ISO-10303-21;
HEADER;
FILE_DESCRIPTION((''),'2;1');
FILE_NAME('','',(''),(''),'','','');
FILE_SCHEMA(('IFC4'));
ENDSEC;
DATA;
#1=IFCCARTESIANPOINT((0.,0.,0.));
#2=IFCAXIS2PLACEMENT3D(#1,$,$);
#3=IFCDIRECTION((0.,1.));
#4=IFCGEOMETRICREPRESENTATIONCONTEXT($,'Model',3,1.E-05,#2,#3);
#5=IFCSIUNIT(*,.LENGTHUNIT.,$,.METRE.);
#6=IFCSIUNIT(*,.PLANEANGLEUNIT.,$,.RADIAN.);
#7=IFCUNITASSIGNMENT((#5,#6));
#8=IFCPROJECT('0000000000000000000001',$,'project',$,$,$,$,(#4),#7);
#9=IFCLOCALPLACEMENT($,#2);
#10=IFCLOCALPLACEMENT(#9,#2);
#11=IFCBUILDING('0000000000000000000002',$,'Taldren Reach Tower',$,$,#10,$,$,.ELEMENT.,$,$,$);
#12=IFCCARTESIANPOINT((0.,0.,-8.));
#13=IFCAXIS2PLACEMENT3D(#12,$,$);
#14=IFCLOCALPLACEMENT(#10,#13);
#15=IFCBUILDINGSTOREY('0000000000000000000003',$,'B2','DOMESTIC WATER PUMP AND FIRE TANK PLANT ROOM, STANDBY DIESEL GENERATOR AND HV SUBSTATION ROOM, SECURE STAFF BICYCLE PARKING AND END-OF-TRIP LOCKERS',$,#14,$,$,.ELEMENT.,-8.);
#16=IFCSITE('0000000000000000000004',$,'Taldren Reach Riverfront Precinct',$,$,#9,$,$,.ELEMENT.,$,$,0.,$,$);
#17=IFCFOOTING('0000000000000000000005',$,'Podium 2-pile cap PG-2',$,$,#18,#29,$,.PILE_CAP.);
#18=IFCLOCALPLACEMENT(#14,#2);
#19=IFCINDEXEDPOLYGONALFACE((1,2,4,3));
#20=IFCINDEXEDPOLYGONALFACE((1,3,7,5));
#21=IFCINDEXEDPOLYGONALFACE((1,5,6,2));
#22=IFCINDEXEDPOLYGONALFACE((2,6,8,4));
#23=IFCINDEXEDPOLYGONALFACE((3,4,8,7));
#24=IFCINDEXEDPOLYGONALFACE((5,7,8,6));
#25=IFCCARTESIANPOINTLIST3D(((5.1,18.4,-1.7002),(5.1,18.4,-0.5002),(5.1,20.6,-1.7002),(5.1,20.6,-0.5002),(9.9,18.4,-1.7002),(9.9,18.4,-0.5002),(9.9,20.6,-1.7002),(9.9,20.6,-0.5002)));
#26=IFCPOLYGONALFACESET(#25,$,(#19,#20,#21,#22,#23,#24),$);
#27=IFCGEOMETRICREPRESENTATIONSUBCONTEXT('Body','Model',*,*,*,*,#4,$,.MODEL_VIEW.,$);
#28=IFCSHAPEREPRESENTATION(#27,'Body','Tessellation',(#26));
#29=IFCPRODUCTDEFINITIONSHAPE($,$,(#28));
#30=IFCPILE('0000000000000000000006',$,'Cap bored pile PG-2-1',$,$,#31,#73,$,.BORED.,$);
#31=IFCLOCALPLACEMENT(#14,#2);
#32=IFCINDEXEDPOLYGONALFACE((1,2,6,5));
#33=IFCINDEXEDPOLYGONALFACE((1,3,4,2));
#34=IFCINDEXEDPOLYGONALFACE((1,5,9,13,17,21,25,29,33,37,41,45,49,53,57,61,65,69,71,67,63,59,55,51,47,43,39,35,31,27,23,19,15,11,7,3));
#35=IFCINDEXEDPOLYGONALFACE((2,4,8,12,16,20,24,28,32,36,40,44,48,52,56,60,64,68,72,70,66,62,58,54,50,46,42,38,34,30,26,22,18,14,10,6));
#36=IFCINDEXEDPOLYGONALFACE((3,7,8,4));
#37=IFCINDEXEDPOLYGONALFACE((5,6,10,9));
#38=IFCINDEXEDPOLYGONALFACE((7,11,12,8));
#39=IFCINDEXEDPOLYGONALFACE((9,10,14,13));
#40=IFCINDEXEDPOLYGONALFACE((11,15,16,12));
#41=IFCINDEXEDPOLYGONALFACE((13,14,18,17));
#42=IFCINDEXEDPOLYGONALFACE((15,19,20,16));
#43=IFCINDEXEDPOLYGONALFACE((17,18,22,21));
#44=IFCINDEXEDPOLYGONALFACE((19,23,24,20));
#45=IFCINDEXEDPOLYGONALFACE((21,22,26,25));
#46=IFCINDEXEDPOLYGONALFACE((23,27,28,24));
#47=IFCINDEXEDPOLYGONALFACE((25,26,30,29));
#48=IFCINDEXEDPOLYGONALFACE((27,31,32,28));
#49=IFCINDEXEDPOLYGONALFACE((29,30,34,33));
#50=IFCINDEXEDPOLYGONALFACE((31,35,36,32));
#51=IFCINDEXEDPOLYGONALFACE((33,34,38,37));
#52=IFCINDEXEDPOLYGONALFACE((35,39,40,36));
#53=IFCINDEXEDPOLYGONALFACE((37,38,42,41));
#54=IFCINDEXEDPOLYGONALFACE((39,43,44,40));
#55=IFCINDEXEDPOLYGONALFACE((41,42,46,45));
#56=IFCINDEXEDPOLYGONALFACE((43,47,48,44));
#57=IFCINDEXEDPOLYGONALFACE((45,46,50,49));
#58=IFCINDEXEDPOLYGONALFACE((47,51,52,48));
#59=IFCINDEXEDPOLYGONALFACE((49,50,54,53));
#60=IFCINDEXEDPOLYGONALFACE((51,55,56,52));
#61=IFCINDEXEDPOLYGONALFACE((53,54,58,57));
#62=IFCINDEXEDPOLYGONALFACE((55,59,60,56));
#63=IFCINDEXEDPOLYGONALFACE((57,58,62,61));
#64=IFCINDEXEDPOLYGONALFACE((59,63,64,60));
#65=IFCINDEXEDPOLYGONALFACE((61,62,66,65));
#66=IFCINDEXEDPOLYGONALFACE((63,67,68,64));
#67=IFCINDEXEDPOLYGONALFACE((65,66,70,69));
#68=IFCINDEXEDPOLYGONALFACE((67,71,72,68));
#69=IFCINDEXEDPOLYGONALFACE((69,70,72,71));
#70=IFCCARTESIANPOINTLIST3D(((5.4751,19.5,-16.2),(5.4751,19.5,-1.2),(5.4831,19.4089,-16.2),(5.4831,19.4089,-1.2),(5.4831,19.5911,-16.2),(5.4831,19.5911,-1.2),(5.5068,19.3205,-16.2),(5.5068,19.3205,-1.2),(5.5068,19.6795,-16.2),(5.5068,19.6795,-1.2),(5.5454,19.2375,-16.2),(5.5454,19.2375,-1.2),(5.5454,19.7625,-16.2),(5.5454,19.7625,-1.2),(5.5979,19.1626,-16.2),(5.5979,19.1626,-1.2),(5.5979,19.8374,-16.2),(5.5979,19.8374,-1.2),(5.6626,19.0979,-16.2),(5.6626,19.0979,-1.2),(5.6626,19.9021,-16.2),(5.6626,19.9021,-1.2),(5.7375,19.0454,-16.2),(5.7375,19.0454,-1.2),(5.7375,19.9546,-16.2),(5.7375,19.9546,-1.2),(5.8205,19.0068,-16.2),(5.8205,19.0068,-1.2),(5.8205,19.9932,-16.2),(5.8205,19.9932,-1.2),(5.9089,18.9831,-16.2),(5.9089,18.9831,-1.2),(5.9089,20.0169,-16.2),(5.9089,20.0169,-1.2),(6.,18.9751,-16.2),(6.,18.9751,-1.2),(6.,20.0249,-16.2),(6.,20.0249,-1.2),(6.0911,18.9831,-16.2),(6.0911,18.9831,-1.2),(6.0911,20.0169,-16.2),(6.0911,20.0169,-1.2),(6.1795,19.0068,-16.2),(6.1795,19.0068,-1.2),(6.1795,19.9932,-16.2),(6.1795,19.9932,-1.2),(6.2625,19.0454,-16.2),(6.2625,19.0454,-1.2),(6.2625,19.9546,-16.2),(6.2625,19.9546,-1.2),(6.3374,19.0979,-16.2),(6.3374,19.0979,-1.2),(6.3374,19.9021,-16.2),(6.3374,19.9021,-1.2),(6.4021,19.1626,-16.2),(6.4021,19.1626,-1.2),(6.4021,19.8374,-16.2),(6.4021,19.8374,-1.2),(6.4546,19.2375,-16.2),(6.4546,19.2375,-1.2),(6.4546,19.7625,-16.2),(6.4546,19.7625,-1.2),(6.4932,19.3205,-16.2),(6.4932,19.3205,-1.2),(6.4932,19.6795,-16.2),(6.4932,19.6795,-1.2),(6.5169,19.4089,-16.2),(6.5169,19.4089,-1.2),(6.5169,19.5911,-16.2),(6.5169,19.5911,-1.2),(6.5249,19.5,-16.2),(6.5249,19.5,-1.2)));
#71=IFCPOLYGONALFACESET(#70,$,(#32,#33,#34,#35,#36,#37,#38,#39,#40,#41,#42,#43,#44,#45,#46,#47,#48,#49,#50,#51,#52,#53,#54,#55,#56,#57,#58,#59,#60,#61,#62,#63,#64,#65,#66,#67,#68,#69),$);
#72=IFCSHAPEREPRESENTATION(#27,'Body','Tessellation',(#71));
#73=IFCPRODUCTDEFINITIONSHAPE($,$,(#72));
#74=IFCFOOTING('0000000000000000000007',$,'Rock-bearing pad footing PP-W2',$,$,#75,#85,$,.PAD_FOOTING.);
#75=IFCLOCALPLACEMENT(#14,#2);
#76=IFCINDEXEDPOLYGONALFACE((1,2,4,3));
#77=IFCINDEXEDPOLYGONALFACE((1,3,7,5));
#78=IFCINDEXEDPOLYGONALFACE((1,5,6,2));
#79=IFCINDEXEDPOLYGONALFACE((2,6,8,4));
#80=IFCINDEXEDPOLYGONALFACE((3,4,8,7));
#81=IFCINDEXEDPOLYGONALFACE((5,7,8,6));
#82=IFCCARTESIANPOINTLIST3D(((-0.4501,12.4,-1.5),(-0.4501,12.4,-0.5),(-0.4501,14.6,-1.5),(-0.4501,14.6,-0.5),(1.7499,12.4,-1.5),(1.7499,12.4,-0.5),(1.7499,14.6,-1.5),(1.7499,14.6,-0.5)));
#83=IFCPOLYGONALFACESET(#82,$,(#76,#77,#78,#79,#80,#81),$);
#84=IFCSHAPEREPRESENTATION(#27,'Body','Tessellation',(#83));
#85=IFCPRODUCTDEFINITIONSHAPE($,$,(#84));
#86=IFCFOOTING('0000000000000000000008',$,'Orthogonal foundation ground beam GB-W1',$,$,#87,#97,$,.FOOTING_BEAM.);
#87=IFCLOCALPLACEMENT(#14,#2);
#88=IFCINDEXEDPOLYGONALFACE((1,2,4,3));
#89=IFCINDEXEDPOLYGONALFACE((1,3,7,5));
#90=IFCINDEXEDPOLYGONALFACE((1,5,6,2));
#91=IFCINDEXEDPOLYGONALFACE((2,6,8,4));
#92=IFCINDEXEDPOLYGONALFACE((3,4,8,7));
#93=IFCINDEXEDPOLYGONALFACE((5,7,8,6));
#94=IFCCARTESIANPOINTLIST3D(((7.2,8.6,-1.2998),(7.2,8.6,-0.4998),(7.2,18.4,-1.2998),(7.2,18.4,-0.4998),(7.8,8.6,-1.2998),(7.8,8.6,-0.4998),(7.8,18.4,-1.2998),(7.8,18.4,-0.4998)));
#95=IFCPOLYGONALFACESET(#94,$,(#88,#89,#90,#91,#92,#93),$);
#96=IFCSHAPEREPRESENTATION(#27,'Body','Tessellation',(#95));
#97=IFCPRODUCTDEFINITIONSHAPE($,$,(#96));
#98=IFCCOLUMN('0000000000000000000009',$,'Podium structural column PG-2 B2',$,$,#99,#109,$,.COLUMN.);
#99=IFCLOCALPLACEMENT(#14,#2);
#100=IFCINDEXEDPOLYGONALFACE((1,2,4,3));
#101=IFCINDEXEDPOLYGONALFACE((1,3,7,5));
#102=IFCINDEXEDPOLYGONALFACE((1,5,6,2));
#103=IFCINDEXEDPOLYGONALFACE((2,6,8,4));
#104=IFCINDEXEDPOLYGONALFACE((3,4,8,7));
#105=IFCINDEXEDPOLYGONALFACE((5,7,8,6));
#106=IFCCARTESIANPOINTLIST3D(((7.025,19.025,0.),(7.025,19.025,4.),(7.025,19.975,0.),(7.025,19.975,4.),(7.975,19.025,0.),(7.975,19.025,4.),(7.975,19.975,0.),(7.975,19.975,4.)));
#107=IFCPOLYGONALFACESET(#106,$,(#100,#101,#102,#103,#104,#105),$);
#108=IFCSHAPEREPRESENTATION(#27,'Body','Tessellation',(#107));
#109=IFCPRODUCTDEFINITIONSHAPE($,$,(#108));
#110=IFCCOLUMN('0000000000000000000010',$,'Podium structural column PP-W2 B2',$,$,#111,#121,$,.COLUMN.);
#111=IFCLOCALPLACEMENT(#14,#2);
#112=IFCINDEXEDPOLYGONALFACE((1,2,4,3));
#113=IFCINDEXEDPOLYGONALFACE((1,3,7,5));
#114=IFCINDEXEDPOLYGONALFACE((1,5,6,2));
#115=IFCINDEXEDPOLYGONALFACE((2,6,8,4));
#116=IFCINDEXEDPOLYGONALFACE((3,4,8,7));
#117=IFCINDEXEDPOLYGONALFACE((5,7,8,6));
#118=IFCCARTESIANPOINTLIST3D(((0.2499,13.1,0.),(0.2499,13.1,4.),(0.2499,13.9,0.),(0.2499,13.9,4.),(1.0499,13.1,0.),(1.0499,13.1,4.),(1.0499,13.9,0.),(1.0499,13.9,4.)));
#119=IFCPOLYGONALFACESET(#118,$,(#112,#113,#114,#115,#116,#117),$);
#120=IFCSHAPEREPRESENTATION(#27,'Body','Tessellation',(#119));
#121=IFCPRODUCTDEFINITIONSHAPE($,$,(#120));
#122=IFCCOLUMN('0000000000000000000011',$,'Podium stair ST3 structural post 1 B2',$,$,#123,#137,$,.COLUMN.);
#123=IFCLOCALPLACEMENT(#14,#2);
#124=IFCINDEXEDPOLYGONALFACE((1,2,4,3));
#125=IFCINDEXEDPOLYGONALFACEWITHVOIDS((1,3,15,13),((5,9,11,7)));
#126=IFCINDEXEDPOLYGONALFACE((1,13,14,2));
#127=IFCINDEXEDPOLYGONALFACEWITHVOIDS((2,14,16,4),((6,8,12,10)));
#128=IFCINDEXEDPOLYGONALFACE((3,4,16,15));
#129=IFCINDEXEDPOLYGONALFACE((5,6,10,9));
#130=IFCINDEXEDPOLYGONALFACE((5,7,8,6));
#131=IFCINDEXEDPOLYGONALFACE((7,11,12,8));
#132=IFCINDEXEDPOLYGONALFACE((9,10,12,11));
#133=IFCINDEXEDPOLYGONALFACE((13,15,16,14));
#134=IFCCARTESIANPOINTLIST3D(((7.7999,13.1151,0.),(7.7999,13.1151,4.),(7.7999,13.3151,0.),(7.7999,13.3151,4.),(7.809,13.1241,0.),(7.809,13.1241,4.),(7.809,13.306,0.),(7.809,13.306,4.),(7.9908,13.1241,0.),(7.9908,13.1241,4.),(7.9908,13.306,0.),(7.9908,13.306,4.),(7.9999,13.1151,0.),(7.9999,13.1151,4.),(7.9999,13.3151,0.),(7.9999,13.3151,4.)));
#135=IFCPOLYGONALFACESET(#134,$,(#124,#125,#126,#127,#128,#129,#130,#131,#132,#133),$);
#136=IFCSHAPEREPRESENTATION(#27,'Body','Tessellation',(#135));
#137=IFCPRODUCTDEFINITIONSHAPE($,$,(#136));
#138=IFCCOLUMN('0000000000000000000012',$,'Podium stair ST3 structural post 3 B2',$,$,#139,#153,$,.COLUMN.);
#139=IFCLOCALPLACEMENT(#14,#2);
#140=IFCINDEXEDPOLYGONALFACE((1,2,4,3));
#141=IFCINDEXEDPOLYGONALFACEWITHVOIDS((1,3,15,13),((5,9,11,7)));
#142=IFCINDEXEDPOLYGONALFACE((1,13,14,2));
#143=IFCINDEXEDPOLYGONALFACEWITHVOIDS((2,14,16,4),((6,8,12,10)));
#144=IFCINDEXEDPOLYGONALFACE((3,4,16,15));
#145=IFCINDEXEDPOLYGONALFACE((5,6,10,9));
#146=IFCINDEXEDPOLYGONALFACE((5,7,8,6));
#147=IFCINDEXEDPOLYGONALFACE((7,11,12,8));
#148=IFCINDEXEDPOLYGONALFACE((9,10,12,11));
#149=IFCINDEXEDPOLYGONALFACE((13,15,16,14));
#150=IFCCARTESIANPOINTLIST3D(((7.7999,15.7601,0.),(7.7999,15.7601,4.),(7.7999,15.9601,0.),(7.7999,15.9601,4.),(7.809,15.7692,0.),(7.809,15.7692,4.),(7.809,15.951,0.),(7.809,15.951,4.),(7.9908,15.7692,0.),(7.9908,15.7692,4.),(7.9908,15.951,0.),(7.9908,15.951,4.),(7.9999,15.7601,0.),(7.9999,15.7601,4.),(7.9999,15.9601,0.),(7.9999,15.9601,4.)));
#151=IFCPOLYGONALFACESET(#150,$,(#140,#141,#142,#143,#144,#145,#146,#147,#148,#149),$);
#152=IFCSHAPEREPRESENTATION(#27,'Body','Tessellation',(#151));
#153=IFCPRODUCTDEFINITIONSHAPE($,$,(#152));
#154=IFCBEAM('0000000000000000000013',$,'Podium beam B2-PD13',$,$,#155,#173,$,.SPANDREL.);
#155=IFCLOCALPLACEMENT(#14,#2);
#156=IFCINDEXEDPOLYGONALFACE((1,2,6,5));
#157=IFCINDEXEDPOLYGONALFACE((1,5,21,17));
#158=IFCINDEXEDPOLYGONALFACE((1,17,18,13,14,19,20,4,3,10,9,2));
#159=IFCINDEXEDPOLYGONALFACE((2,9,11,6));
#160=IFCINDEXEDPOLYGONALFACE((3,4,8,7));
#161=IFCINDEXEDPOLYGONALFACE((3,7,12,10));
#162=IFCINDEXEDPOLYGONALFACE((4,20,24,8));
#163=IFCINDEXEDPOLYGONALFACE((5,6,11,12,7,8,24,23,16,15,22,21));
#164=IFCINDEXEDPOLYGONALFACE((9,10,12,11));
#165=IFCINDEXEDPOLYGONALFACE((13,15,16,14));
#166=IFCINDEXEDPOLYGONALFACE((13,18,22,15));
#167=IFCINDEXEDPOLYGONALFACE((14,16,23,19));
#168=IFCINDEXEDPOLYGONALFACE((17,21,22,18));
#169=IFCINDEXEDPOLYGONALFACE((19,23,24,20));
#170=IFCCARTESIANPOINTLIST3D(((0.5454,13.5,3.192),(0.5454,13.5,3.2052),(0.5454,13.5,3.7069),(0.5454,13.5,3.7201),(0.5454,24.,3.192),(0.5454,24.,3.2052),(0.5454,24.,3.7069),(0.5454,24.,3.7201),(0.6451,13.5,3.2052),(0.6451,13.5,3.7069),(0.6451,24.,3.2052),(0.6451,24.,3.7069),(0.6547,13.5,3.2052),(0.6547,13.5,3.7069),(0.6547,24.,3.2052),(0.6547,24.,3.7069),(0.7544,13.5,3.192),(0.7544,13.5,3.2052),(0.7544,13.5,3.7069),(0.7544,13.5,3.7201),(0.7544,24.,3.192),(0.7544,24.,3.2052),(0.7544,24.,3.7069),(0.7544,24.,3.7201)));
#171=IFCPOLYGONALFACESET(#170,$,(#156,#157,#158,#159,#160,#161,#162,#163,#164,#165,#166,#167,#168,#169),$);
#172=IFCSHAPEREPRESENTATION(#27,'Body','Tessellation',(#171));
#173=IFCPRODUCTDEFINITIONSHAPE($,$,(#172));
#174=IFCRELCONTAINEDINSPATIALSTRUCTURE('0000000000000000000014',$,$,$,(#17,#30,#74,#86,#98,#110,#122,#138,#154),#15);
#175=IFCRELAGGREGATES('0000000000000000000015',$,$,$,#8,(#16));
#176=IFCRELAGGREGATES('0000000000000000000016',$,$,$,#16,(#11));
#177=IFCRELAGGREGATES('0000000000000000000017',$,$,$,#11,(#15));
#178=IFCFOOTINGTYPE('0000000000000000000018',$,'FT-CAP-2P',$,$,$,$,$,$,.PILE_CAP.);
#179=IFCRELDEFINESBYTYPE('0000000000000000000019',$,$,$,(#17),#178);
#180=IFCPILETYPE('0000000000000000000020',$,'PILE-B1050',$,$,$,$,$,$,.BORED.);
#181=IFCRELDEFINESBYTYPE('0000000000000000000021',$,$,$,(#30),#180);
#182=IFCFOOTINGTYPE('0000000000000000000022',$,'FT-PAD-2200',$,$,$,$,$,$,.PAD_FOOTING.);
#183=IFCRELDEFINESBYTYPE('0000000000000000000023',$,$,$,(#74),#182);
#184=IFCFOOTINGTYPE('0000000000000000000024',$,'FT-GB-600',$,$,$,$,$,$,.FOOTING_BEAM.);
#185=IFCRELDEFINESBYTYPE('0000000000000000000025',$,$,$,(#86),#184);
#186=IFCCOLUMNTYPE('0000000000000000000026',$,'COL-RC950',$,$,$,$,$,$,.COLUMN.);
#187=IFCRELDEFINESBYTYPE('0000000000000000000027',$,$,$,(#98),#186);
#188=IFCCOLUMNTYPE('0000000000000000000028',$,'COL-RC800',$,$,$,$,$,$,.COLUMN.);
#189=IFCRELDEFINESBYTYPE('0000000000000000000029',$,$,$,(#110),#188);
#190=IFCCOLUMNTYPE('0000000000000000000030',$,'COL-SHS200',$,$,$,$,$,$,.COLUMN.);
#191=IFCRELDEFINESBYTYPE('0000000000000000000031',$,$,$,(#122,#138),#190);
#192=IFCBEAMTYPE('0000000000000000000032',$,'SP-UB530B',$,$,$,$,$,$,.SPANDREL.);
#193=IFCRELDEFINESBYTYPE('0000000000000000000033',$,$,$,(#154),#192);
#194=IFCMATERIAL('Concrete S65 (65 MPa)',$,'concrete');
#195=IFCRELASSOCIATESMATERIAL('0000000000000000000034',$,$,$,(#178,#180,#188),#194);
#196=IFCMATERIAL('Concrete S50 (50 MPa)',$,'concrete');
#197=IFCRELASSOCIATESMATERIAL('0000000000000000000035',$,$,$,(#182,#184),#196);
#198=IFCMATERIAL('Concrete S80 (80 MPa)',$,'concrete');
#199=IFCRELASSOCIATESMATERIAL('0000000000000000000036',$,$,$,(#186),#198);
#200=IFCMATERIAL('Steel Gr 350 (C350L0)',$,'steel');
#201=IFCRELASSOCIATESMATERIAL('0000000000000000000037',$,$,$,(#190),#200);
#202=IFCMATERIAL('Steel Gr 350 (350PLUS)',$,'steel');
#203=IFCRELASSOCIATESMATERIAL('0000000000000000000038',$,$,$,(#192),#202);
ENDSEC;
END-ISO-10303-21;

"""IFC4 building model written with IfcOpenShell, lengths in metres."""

from ifc_helpers import new_model, si_unit, direction, frame, origin, origin_2d, place, context, subcontext, project, spatial, rectangle, hollow_rectangle, circle, i_section, extrude, source, transform, mapped, material, material_profile, profile_set, type_object, element, save


model = new_model("IFC4")

# Units and contexts
model_context = context("Model", 3, precision=1e-05, world=origin(), true_north=direction((0.0, 1.0)))
body_context = subcontext(model_context, "Body", "Model", "MODEL_VIEW")
ifc_project = project(units=[si_unit("LENGTHUNIT", "METRE"), si_unit("PLANEANGLEUNIT", "RADIAN")], contexts=[model_context])

# Site, building, storey
site_placement = place(None, origin())
site = spatial("IfcSite", under=ifc_project, at=site_placement, Name="Taldren Reach Riverfront Precinct", CompositionType="ELEMENT", RefElevation=0.0)
building_placement = place(site_placement, origin())
building = spatial("IfcBuilding", under=site, at=building_placement, Name="Taldren Reach Tower", CompositionType="ELEMENT")
storey_placement = place(building_placement, frame((0.0, 0.0, -8.0)))
storey = spatial("IfcBuildingStorey", under=building, at=storey_placement, Name="B2", Description="DOMESTIC WATER PUMP AND FIRE TANK PLANT ROOM, STANDBY DIESEL GENERATOR AND HV SUBSTATION ROOM, SECURE STAFF BICYCLE PARKING AND END-OF-TRIP LOCKERS", CompositionType="ELEMENT", Elevation=-8.0)

# Footing
ifc_material_1 = material(Name="Concrete S65 (65 MPa)", Category="concrete")
footing_type_1 = type_object("IfcFootingType", Name="FT-CAP-2P", PredefinedType="PILE_CAP", material=ifc_material_1)
shared_shape_1 = source(origin(), body_context, "Body", "SweptSolid", [
    extrude(rectangle(XDim=4.8, YDim=2.2, at=origin_2d()), origin(), (0.0, 0.0, 1.0), 1.2),
])
footing_1_placement = place(storey_placement, frame((7.5, 19.5, -1.7002), z_axis=(0.0, 0.0, 1.0), x_axis=(1.0, 0.0, 0.0)))
element("IfcFooting", 1, at=footing_1_placement, inside=storey, type_object=footing_type_1, Name="Podium 2-pile cap PG-2", PredefinedType="PILE_CAP", context=body_context, shape_type="MappedRepresentation", body=[
    mapped(shared_shape_1, transform((0.0, 0.0, 0.0), scale=1.0)),
])

# Pile
ifc_material_profile_1 = material_profile(ifc_material_1, circle(Radius=0.5249, at=origin_2d()), Name="PB-1050")
ifc_profile_set_1 = profile_set([ifc_material_profile_1], Name="Concrete S65 (65 MPa)")
pile_type = type_object("IfcPileType", Name="PILE-B1050", PredefinedType="BORED", material=ifc_profile_set_1)
shared_shape_2 = source(origin(), body_context, "Body", "SweptSolid", [
    extrude(circle(Radius=0.5249, at=origin_2d()), origin(), (0.0, 0.0, 1.0), 15.0),
])
pile_placement = place(storey_placement, frame((6.0, 19.5, -1.2), z_axis=(0.0, 0.0, -1.0), x_axis=(1.0, 0.0, 0.0)))
element("IfcPile", 2, at=pile_placement, inside=storey, type_object=pile_type, Name="Cap bored pile PG-2-1", PredefinedType="BORED", context=body_context, shape_type="MappedRepresentation", body=[
    mapped(shared_shape_2, transform((0.0, 0.0, 0.0), scale=1.0)),
])

# Footings
ifc_material_2 = material(Name="Concrete S50 (50 MPa)", Category="concrete")
footing_type_2 = type_object("IfcFootingType", Name="FT-PAD-2200", PredefinedType="PAD_FOOTING", material=ifc_material_2)
shared_shape_3 = source(origin(), body_context, "Body", "SweptSolid", [
    extrude(rectangle(XDim=2.2, YDim=2.2, at=origin_2d()), origin(), (0.0, 0.0, 1.0), 1.0),
])
footing_2_placement = place(storey_placement, frame((0.6499, 13.5, -1.5), z_axis=(0.0, 0.0, 1.0), x_axis=(1.0, 0.0, 0.0)))
element("IfcFooting", 3, at=footing_2_placement, inside=storey, type_object=footing_type_2, Name="Rock-bearing pad footing PP-W2", PredefinedType="PAD_FOOTING", context=body_context, shape_type="MappedRepresentation", body=[
    mapped(shared_shape_3, transform((0.0, 0.0, 0.0), scale=1.0)),
])
footing_type_3 = type_object("IfcFootingType", Name="FT-GB-600", PredefinedType="FOOTING_BEAM", material=ifc_material_2)
shared_shape_4 = source(origin(), body_context, "Body", "SweptSolid", [
    extrude(rectangle(XDim=9.8, YDim=0.6001, at=origin_2d()), origin(), (0.0, 0.0, 1.0), 0.8),
])
footing_3_placement = place(storey_placement, frame((7.5, 13.5, -1.2998), z_axis=(0.0, 0.0, 1.0), x_axis=(0.0, 1.0, 0.0)))
element("IfcFooting", 4, at=footing_3_placement, inside=storey, type_object=footing_type_3, Name="Orthogonal foundation ground beam GB-W1", PredefinedType="FOOTING_BEAM", context=body_context, shape_type="MappedRepresentation", body=[
    mapped(shared_shape_4, transform((0.0, 0.0, 0.0), scale=1.0)),
])

# Columns
ifc_material_3 = material(Name="Concrete S80 (80 MPa)", Category="concrete")
ifc_material_profile_2 = material_profile(ifc_material_3, rectangle(XDim=0.95, YDim=0.95, at=origin_2d()), Name="RC-950x950")
ifc_profile_set_2 = profile_set([ifc_material_profile_2], Name="Concrete S80 (80 MPa)")
column_type_1 = type_object("IfcColumnType", Name="COL-RC950", PredefinedType="COLUMN", material=ifc_profile_set_2)
shared_shape_5 = source(origin(), body_context, "Body", "SweptSolid", [
    extrude(rectangle(XDim=0.95, YDim=0.95, at=origin_2d()), origin(), (0.0, 0.0, 1.0), 4.0),
])
column_1_placement = place(storey_placement, frame((7.5, 19.5, 0.0), z_axis=(0.0, 0.0, 1.0), x_axis=(1.0, 0.0, 0.0)))
element("IfcColumn", 5, at=column_1_placement, inside=storey, type_object=column_type_1, Name="Podium structural column PG-2 B2", PredefinedType="COLUMN", context=body_context, shape_type="MappedRepresentation", body=[
    mapped(shared_shape_5, transform((0.0, 0.0, 0.0), scale=1.0)),
])
ifc_material_profile_3 = material_profile(ifc_material_1, rectangle(XDim=0.8, YDim=0.8, at=origin_2d()), Name="RC-800x800")
ifc_profile_set_3 = profile_set([ifc_material_profile_3], Name="Concrete S65 (65 MPa)")
column_type_2 = type_object("IfcColumnType", Name="COL-RC800", PredefinedType="COLUMN", material=ifc_profile_set_3)
shared_shape_6 = source(origin(), body_context, "Body", "SweptSolid", [
    extrude(rectangle(XDim=0.8, YDim=0.8, at=origin_2d()), origin(), (0.0, 0.0, 1.0), 4.0),
])
column_2_placement = place(storey_placement, frame((0.6499, 13.5, 0.0), z_axis=(0.0, 0.0, 1.0), x_axis=(1.0, 0.0, 0.0)))
element("IfcColumn", 6, at=column_2_placement, inside=storey, type_object=column_type_2, Name="Podium structural column PP-W2 B2", PredefinedType="COLUMN", context=body_context, shape_type="MappedRepresentation", body=[
    mapped(shared_shape_6, transform((0.0, 0.0, 0.0), scale=1.0)),
])
ifc_material_4 = material(Name="Steel Gr 350 (C350L0)", Category="steel")
ifc_material_profile_4 = material_profile(ifc_material_4, hollow_rectangle(XDim=0.2, YDim=0.2, WallThickness=0.009, at=origin_2d()), Name="200x200x9.0SHS")
ifc_profile_set_4 = profile_set([ifc_material_profile_4], Name="Steel Gr 350 (C350L0)")
column_type_3 = type_object("IfcColumnType", Name="COL-SHS200", PredefinedType="COLUMN", material=ifc_profile_set_4)
shared_shape_7 = source(origin(), body_context, "Body", "SweptSolid", [
    extrude(hollow_rectangle(XDim=0.2, YDim=0.2, WallThickness=0.009, at=origin_2d()), origin(), (0.0, 0.0, 1.0), 4.0),
])
for number, where, z_axis, x_axis, name in (
    (7, (7.8999, 13.2151, 0.0), (0.0, 0.0, 1.0), (1.0, 0.0, 0.0), "Podium stair ST3 structural post 1 B2"),
    (8, (7.8999, 15.8601, 0.0), (0.0, 0.0, 1.0), (1.0, 0.0, 0.0), "Podium stair ST3 structural post 3 B2"),
):
    element("IfcColumn", number, at=place(storey_placement, frame(where, z_axis=z_axis, x_axis=x_axis)), inside=storey, type_object=column_type_3, Name=name, PredefinedType="COLUMN", context=body_context, shape_type="MappedRepresentation", body=[
        mapped(shared_shape_7, transform((0.0, 0.0, 0.0), scale=1.0)),
    ])

# Beam
ifc_material_5 = material(Name="Steel Gr 350 (350PLUS)", Category="steel")
ifc_material_profile_5 = material_profile(ifc_material_5, i_section(OverallWidth=0.209, OverallDepth=0.5281, WebThickness=0.0095, FlangeThickness=0.0132, at=origin_2d()), Name="530UB82.0")
ifc_profile_set_5 = profile_set([ifc_material_profile_5], Name="Steel Gr 350 (350PLUS)")
beam_type_1 = type_object("IfcBeamType", Name="SP-UB530B", PredefinedType="SPANDREL", material=ifc_profile_set_5)
shared_shape_8 = source(origin(), body_context, "Body", "SweptSolid", [
    extrude(i_section(OverallWidth=0.209, OverallDepth=0.5281, WebThickness=0.0095, FlangeThickness=0.0132, at=origin_2d()), origin(), (0.0, 0.0, 1.0), 10.5),
])
beam_1_placement = place(storey_placement, frame((0.6499, 13.5, 3.4561), z_axis=(0.0, 1.0, 0.0), x_axis=(-1.0, 0.0, 0.0)))
element("IfcBeam", 9, at=beam_1_placement, inside=storey, type_object=beam_type_1, Name="Podium beam B2-PD13", PredefinedType="SPANDREL", context=body_context, shape_type="MappedRepresentation", body=[
    mapped(shared_shape_8, transform((0.0, 0.0, 0.0), scale=1.0)),
])

save(model, "model.ifc")
